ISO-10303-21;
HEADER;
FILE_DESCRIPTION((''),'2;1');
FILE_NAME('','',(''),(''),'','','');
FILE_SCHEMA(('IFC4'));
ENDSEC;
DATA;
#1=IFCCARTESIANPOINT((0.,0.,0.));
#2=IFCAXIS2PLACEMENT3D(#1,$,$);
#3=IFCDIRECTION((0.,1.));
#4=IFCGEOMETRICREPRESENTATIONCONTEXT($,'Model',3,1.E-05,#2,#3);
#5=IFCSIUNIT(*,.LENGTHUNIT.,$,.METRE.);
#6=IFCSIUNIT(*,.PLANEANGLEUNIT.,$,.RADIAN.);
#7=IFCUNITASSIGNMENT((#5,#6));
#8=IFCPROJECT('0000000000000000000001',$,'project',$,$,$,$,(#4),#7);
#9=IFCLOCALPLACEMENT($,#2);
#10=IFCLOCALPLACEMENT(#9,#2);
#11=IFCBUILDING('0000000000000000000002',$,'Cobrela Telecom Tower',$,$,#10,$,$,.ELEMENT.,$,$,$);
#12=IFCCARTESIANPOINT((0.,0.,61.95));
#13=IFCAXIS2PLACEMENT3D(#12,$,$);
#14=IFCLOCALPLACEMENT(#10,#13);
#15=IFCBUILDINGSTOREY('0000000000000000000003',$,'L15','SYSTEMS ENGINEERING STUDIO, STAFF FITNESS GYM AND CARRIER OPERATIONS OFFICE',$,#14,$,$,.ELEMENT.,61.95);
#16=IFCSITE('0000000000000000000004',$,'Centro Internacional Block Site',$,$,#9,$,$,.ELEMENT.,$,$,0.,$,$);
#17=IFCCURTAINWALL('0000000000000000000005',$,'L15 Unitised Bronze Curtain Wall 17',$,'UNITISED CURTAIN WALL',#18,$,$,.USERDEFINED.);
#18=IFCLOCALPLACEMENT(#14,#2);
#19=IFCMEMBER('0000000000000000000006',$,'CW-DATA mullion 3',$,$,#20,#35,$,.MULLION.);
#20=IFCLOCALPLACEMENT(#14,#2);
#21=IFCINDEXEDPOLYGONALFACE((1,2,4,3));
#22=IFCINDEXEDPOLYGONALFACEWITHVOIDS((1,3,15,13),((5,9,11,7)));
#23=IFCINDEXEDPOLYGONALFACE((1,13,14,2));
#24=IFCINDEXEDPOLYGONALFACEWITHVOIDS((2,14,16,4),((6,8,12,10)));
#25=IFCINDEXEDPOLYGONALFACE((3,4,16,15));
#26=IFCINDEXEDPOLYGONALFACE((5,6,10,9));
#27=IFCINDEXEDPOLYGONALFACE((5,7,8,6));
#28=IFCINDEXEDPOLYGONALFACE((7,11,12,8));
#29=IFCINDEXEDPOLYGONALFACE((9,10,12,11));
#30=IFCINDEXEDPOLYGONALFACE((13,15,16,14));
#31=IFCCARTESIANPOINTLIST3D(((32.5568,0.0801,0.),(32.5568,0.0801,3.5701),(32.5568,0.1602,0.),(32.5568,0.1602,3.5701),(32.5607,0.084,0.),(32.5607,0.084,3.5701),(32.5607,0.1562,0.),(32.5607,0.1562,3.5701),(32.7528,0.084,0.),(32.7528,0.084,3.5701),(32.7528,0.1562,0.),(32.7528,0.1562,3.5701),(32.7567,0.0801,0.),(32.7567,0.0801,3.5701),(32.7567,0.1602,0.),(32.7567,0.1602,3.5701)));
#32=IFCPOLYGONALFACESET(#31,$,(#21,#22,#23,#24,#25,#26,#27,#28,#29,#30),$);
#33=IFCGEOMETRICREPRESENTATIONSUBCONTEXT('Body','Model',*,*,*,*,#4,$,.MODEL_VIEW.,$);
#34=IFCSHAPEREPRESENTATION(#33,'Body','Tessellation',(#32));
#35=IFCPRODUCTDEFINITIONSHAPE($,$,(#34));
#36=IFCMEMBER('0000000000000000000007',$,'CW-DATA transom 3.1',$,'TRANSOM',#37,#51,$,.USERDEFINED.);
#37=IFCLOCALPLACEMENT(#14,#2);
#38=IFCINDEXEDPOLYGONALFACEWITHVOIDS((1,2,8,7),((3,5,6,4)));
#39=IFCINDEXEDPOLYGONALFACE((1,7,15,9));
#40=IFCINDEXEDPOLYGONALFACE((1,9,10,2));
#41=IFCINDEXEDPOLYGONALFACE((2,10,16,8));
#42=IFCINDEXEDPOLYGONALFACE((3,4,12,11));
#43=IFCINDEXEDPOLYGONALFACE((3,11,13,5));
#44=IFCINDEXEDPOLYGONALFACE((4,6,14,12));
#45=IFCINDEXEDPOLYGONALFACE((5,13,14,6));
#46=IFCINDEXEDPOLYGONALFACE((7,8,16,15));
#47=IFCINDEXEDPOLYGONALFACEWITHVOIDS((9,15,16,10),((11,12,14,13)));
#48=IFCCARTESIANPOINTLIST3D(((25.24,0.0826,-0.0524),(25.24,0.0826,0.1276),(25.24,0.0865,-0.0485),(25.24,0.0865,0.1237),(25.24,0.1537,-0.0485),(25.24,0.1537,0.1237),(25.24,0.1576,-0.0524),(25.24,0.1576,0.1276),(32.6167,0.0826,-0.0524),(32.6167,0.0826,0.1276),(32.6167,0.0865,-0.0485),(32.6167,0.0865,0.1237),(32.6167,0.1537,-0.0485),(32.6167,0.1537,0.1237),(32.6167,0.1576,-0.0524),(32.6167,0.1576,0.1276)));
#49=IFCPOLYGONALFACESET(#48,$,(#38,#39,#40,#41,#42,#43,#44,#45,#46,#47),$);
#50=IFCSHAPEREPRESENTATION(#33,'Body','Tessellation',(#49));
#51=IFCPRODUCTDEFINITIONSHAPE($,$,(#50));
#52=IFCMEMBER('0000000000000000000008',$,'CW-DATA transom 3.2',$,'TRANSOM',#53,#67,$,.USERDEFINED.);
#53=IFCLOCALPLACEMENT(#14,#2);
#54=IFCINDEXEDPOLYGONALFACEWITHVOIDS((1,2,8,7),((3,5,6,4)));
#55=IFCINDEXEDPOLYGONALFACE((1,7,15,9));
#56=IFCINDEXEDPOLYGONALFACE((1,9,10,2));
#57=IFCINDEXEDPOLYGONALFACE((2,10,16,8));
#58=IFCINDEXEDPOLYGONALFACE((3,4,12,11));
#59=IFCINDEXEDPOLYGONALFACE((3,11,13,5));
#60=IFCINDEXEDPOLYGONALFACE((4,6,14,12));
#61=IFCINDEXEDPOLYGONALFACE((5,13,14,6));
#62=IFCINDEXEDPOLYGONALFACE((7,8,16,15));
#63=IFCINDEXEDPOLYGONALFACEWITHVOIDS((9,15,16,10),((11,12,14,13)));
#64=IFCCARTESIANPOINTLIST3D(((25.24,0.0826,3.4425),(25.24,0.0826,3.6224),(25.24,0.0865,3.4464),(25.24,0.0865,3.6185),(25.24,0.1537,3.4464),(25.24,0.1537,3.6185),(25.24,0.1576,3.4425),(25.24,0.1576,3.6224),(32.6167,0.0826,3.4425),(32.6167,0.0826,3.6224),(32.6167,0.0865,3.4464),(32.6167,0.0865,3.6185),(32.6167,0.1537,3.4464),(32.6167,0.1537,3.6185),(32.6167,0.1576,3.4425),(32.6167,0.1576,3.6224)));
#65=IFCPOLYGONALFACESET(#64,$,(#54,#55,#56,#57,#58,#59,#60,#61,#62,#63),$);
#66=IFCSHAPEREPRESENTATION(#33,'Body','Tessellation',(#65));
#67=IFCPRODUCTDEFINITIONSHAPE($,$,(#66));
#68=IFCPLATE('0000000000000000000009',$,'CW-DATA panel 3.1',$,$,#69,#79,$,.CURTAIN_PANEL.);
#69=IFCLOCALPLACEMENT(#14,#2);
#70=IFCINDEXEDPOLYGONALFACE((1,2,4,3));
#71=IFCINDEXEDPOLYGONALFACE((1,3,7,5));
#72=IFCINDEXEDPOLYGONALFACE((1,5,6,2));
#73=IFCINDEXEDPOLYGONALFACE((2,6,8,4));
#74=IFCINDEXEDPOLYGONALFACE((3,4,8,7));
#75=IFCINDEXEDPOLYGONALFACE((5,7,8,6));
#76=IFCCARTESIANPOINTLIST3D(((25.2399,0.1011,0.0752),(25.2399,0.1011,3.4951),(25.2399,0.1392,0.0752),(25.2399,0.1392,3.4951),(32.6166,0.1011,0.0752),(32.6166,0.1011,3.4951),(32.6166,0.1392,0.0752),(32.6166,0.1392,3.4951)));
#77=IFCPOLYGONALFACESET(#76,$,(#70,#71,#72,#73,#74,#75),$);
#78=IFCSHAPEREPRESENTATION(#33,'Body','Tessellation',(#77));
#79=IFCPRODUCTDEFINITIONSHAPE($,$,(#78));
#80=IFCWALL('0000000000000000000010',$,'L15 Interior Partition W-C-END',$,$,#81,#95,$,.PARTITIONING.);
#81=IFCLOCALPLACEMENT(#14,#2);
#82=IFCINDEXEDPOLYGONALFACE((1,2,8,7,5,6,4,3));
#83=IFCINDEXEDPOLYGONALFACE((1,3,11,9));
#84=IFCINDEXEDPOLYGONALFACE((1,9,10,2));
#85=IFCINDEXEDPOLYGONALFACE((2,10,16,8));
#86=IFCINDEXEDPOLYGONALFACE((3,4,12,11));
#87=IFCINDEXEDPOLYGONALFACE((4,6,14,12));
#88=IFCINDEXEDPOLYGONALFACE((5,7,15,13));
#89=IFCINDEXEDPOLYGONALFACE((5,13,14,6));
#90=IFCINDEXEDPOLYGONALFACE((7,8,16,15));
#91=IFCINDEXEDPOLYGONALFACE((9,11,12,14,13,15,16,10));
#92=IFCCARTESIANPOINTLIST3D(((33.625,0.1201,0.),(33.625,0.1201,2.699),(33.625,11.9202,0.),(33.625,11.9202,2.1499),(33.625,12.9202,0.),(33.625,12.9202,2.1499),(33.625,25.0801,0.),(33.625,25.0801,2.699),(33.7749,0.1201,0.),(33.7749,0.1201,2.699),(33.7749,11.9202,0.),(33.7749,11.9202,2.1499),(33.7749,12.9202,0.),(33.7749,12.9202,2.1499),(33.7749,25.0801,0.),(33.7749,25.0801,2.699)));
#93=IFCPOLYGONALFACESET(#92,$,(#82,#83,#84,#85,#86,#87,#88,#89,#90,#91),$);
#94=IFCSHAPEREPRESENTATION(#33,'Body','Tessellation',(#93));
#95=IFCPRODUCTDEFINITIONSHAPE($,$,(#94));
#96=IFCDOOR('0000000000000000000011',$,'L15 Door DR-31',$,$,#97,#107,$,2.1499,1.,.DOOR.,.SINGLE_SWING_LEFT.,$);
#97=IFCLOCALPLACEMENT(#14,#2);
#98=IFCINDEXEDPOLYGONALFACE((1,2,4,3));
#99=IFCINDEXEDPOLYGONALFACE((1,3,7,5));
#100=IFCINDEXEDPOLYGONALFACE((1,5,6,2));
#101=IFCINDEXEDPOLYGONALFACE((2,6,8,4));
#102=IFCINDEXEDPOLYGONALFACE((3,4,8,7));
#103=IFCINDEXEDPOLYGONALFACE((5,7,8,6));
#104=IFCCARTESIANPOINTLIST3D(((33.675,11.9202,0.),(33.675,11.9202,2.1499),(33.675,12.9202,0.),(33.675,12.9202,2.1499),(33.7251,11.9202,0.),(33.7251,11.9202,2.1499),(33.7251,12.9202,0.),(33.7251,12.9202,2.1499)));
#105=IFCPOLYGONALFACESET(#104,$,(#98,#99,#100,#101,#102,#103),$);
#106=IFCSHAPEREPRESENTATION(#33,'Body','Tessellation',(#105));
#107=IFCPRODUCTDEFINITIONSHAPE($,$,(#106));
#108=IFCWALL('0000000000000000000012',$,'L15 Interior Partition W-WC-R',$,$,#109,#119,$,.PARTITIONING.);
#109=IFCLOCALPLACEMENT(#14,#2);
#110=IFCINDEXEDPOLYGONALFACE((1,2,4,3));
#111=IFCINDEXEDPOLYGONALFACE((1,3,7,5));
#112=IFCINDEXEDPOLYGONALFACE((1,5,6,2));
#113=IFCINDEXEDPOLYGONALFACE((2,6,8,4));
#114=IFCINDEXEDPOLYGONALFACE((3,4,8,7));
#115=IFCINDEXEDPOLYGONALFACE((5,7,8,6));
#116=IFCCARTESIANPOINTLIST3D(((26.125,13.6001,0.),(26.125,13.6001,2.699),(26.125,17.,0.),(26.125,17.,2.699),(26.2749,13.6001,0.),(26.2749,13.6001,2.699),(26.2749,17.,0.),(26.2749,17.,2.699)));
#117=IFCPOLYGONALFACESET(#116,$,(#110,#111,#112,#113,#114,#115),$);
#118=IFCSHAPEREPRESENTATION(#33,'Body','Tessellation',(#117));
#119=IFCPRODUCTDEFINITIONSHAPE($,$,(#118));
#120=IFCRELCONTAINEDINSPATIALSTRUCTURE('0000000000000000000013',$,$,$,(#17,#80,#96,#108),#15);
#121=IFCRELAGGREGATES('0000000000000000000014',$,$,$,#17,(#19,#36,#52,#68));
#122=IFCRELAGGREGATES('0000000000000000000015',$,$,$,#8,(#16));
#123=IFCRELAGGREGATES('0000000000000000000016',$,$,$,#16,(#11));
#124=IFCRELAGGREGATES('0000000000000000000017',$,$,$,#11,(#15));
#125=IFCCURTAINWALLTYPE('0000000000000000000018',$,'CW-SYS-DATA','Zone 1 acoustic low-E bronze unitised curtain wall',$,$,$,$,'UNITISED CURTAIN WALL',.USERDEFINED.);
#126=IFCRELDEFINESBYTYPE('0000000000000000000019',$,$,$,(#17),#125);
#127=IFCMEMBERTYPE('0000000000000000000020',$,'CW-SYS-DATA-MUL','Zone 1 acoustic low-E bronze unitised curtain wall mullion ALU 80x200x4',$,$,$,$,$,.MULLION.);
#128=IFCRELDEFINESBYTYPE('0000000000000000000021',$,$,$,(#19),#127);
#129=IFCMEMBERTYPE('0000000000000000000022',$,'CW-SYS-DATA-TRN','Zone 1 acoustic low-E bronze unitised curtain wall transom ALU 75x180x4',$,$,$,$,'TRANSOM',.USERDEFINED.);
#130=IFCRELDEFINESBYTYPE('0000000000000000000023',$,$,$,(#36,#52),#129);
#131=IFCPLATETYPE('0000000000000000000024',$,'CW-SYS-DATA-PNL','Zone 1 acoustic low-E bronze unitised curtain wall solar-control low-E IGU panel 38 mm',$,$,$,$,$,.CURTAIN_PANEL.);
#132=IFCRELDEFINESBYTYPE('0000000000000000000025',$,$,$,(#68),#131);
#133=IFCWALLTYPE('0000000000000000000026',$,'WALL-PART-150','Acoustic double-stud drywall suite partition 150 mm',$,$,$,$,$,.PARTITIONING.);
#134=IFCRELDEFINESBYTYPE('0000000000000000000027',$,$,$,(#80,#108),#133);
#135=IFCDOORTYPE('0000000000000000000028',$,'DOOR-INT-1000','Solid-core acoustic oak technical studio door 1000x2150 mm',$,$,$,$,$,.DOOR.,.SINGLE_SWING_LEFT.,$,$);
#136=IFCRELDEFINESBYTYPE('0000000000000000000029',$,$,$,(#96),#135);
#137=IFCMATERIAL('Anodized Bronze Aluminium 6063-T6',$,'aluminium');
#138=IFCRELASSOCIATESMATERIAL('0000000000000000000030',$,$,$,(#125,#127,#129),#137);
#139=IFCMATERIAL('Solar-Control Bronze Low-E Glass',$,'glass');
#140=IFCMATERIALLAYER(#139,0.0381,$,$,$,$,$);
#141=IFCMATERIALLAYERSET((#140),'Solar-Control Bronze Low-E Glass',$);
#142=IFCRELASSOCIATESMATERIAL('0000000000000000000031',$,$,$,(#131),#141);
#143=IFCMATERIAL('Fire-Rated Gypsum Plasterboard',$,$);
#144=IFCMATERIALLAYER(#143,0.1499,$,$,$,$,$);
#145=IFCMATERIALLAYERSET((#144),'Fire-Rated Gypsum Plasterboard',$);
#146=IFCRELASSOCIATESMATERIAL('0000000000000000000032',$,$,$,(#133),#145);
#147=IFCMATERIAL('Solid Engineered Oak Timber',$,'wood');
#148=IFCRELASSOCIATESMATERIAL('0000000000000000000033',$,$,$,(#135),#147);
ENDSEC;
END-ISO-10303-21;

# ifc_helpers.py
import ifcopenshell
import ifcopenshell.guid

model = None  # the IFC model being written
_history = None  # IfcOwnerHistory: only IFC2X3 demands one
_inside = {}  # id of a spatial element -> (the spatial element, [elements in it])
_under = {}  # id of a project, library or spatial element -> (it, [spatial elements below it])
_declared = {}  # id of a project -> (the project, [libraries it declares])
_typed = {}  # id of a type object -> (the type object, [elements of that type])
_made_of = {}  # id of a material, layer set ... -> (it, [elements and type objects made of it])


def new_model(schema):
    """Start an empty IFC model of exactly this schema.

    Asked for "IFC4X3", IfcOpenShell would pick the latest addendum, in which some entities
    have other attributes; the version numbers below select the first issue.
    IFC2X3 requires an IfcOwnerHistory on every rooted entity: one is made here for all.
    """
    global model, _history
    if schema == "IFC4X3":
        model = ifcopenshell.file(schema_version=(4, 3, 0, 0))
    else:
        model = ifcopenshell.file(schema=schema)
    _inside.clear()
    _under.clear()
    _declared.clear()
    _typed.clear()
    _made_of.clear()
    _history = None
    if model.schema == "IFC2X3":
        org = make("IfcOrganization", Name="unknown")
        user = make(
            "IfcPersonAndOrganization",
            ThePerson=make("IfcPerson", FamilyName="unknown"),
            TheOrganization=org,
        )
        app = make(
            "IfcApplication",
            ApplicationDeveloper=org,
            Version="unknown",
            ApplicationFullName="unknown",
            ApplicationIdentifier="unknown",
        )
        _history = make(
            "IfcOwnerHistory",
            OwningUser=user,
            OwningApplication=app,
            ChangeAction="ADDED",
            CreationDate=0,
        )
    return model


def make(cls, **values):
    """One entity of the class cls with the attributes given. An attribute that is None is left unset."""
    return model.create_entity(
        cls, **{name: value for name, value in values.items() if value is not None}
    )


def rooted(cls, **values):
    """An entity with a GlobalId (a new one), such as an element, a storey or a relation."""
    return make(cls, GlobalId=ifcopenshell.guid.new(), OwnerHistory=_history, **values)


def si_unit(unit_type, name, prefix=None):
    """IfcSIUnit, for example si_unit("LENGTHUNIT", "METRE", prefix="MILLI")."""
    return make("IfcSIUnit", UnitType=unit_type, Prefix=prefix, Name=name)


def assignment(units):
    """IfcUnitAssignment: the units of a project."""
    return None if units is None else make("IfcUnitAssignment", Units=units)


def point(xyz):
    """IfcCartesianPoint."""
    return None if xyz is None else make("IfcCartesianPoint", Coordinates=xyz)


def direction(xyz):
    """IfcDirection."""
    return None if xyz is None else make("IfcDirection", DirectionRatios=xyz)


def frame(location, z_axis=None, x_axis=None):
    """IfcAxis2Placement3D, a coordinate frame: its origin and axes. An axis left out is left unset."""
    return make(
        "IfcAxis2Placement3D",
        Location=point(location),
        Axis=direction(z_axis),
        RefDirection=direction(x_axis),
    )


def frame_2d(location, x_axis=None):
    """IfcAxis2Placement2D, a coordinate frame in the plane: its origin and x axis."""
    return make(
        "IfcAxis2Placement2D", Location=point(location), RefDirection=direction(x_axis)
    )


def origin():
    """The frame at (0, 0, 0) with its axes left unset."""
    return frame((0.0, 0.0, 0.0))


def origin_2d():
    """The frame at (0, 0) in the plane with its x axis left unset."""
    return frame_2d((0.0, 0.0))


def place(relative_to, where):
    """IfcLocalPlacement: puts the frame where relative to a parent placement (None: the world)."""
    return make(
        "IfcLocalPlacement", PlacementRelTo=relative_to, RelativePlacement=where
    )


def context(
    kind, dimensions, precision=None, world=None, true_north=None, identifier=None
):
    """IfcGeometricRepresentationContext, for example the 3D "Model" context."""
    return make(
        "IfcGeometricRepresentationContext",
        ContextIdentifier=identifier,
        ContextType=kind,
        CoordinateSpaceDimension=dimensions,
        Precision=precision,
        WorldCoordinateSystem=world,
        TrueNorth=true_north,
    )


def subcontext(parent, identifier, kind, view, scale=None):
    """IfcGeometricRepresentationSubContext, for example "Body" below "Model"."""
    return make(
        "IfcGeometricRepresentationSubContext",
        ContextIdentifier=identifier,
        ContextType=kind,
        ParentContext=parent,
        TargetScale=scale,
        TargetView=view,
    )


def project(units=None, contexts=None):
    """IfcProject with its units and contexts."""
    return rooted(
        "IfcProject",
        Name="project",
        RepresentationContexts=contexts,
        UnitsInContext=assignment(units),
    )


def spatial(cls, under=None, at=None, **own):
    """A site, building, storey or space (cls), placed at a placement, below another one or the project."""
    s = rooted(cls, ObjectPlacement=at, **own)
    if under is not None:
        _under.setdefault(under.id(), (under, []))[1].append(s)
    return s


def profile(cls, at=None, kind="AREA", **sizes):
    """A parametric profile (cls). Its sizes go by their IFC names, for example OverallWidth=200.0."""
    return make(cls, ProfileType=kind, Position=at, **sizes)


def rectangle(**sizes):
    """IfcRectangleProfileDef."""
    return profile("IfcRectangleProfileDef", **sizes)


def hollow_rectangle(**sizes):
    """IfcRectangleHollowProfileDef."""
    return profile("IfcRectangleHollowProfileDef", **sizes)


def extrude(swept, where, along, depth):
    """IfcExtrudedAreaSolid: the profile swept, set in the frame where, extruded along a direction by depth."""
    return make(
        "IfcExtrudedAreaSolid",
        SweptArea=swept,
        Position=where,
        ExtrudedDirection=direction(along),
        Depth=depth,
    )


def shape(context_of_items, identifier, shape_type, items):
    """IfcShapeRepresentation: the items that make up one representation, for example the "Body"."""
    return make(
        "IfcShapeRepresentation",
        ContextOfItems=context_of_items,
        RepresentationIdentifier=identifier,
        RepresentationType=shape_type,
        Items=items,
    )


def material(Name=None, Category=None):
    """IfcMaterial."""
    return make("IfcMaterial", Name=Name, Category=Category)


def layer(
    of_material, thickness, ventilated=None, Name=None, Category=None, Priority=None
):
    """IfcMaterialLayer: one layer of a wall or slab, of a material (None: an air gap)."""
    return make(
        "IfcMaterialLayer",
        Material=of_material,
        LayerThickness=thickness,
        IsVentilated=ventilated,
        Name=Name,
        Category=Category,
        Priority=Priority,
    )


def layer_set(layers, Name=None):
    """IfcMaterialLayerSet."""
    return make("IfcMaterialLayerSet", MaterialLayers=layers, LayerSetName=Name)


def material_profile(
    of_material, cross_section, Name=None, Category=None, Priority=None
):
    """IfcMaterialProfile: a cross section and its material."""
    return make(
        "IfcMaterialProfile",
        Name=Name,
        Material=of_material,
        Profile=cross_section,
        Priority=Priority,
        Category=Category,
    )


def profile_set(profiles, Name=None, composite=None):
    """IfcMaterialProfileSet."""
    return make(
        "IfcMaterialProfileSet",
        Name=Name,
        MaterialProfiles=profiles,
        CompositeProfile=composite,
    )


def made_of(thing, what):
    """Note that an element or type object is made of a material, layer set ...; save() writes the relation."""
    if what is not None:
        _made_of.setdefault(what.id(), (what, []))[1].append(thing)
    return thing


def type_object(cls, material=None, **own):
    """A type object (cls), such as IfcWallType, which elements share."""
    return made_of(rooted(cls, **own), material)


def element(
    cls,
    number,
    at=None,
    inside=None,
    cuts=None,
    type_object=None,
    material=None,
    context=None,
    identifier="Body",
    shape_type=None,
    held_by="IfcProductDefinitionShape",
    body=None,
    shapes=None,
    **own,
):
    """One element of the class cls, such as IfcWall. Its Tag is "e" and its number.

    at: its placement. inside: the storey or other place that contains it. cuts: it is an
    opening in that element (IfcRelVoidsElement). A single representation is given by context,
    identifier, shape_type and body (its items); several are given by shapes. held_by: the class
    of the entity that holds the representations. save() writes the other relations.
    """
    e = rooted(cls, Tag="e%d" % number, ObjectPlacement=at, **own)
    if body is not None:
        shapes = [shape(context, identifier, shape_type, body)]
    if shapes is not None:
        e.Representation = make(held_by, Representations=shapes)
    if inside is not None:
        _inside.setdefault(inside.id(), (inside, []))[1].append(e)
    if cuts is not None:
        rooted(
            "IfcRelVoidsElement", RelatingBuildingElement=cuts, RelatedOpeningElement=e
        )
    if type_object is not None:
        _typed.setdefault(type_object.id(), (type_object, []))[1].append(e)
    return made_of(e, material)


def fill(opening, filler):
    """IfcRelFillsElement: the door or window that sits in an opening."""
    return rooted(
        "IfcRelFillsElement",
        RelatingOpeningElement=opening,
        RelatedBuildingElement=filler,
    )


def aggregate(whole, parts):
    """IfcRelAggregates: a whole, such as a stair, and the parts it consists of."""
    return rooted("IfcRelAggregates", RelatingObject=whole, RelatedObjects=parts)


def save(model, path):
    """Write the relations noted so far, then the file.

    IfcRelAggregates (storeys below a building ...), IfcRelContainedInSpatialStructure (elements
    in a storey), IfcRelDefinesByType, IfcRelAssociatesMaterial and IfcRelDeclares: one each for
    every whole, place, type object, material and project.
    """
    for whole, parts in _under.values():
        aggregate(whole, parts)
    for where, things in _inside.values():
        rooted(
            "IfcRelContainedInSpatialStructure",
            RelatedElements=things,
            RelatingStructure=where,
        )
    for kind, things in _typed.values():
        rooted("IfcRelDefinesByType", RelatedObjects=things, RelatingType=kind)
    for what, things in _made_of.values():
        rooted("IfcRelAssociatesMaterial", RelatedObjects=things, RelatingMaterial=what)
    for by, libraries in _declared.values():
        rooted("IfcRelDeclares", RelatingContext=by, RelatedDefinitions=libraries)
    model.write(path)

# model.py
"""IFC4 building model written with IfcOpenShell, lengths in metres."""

from ifc_helpers import new_model, si_unit, direction, frame, frame_2d, origin, origin_2d, place, context, subcontext, project, spatial, rectangle, hollow_rectangle, extrude, material, layer, layer_set, material_profile, profile_set, type_object, element, fill, aggregate, save


model = new_model("IFC4")

# Units and contexts
model_context = context("Model", 3, precision=1e-05, world=origin(), true_north=direction((0.0, 1.0)))
body_context = subcontext(model_context, "Body", "Model", "MODEL_VIEW")
ifc_project = project(units=[si_unit("LENGTHUNIT", "METRE"), si_unit("PLANEANGLEUNIT", "RADIAN")], contexts=[model_context])

# Site, building, storey
site_placement = place(None, origin())
site = spatial("IfcSite", under=ifc_project, at=site_placement, Name="Centro Internacional Block Site", CompositionType="ELEMENT", RefElevation=0.0)
building_placement = place(site_placement, origin())
building = spatial("IfcBuilding", under=site, at=building_placement, Name="Cobrela Telecom Tower", CompositionType="ELEMENT")
storey_placement = place(building_placement, frame((0.0, 0.0, 61.95)))
storey = spatial("IfcBuildingStorey", under=building, at=storey_placement, Name="L15", Description="SYSTEMS ENGINEERING STUDIO, STAFF FITNESS GYM AND CARRIER OPERATIONS OFFICE", CompositionType="ELEMENT", Elevation=61.95)

# Curtain wall, members, plate
ifc_material_1 = material(Name="Anodized Bronze Aluminium 6063-T6", Category="aluminium")
curtain_wall_type = type_object("IfcCurtainWallType", Name="CW-SYS-DATA", Description="Zone 1 acoustic low-E bronze unitised curtain wall", ElementType="UNITISED CURTAIN WALL", PredefinedType="USERDEFINED", material=ifc_material_1)
curtain_wall_placement = place(storey_placement, origin())
curtain_wall = element("IfcCurtainWall", 1, at=curtain_wall_placement, inside=storey, type_object=curtain_wall_type, Name="L15 Unitised Bronze Curtain Wall 17", ObjectType="UNITISED CURTAIN WALL", PredefinedType="USERDEFINED")
ifc_material_profile_1 = material_profile(ifc_material_1, hollow_rectangle(XDim=0.0801, YDim=0.2, WallThickness=0.0039, at=origin_2d()), Name="ALU 80x200x4")
ifc_profile_set_1 = profile_set([ifc_material_profile_1], Name="Anodized Bronze Aluminium 6063-T6")
member_type_1 = type_object("IfcMemberType", Name="CW-SYS-DATA-MUL", Description="Zone 1 acoustic low-E bronze unitised curtain wall mullion ALU 80x200x4", PredefinedType="MULLION", material=ifc_profile_set_1)
member_1_placement = place(storey_placement, frame((32.6567, 0.1201, 0.0), z_axis=(0.0, 0.0, 1.0), x_axis=(0.0, -1.0, 0.0)))
member_1 = element("IfcMember", 2, at=member_1_placement, type_object=member_type_1, Name="CW-DATA mullion 3", PredefinedType="MULLION", context=body_context, shape_type="SweptSolid", body=[
    extrude(hollow_rectangle(XDim=0.0801, YDim=0.2, WallThickness=0.0039, at=origin_2d()), origin(), (0.0, 0.0, 1.0), 3.5701),
])
ifc_material_profile_2 = material_profile(ifc_material_1, hollow_rectangle(XDim=0.075, YDim=0.1799, WallThickness=0.0039, at=origin_2d()), Name="ALU 75x180x4")
ifc_profile_set_2 = profile_set([ifc_material_profile_2], Name="Anodized Bronze Aluminium 6063-T6")
member_type_2 = type_object("IfcMemberType", Name="CW-SYS-DATA-TRN", Description="Zone 1 acoustic low-E bronze unitised curtain wall transom ALU 75x180x4", ElementType="TRANSOM", PredefinedType="USERDEFINED", material=ifc_profile_set_2)
member_2_placement = place(storey_placement, frame((32.6167, 0.1201, 0.0376), z_axis=(-1.0, 0.0, 0.0), x_axis=(0.0, -1.0, 0.0)))
member_2 = element("IfcMember", 3, at=member_2_placement, type_object=member_type_2, Name="CW-DATA transom 3.1", ObjectType="TRANSOM", PredefinedType="USERDEFINED", context=body_context, shape_type="SweptSolid", body=[
    extrude(hollow_rectangle(XDim=0.075, YDim=0.1799, WallThickness=0.0039, at=origin_2d()), origin(), (0.0, 0.0, 1.0), 7.3767),
])
member_3_placement = place(storey_placement, frame((32.6167, 0.1201, 3.5325), z_axis=(-1.0, 0.0, 0.0), x_axis=(0.0, -1.0, 0.0)))
member_3 = element("IfcMember", 4, at=member_3_placement, type_object=member_type_2, Name="CW-DATA transom 3.2", ObjectType="TRANSOM", PredefinedType="USERDEFINED", context=body_context, shape_type="SweptSolid", body=[
    extrude(hollow_rectangle(XDim=0.075, YDim=0.1799, WallThickness=0.0039, at=origin_2d()), origin(), (0.0, 0.0, 1.0), 7.3767),
])
ifc_material_2 = material(Name="Solar-Control Bronze Low-E Glass", Category="glass")
ifc_layer_1 = layer(ifc_material_2, 0.0381)
ifc_layer_set_1 = layer_set([ifc_layer_1], Name="Solar-Control Bronze Low-E Glass")
plate_type = type_object("IfcPlateType", Name="CW-SYS-DATA-PNL", Description="Zone 1 acoustic low-E bronze unitised curtain wall solar-control low-E IGU panel 38 mm", PredefinedType="CURTAIN_PANEL", material=ifc_layer_set_1)
plate_placement = place(storey_placement, frame((28.9282, 0.1201, 0.0752), z_axis=(0.0, 0.0, 1.0), x_axis=(-1.0, 0.0, 0.0)))
plate = element("IfcPlate", 5, at=plate_placement, type_object=plate_type, Name="CW-DATA panel 3.1", PredefinedType="CURTAIN_PANEL", context=body_context, shape_type="SweptSolid", body=[
    extrude(rectangle(XDim=7.3767, YDim=0.0381, at=origin_2d()), origin(), (0.0, 0.0, 1.0), 3.4199),
])
aggregate(curtain_wall, [member_1, member_2, member_3, plate])

# Wall, opening, door
ifc_material_3 = material(Name="Fire-Rated Gypsum Plasterboard")
ifc_layer_2 = layer(ifc_material_3, 0.1499)
ifc_layer_set_2 = layer_set([ifc_layer_2], Name="Fire-Rated Gypsum Plasterboard")
wall_type = type_object("IfcWallType", Name="WALL-PART-150", Description="Acoustic double-stud drywall suite partition 150 mm", PredefinedType="PARTITIONING", material=ifc_layer_set_2)
wall_1_placement = place(storey_placement, frame((33.7, 0.1201, 0.0), z_axis=(0.0, 0.0, 1.0), x_axis=(0.0, 1.0, 0.0)))
wall_1 = element("IfcWall", 6, at=wall_1_placement, inside=storey, type_object=wall_type, Name="L15 Interior Partition W-C-END", PredefinedType="PARTITIONING", context=body_context, shape_type="SweptSolid", body=[
    extrude(rectangle(XDim=24.96, YDim=0.1499, at=frame_2d((12.48, 0.0))), origin(), (0.0, 0.0, 1.0), 2.699),
])
opening_placement = place(wall_1_placement, frame((11.8, 0.0, 0.0)))
opening = element("IfcOpeningElement", 7, at=opening_placement, cuts=wall_1, PredefinedType="OPENING", context=body_context, shape_type="SweptSolid", body=[
    extrude(rectangle(XDim=1.0, YDim=2.1499, at=frame_2d((0.5, 1.075))), frame((0.0, 0.0869, 0.0), z_axis=(0.0, -1.0, 0.0), x_axis=(1.0, 0.0, 0.0)), (0.0, 0.0, 1.0), 0.1738),
])
ifc_material_4 = material(Name="Solid Engineered Oak Timber", Category="wood")
door_type = type_object("IfcDoorType", Name="DOOR-INT-1000", Description="Solid-core acoustic oak technical studio door 1000x2150 mm", OperationType="SINGLE_SWING_LEFT", PredefinedType="DOOR", material=ifc_material_4)
door_placement = place(opening_placement, origin())
door = element("IfcDoor", 8, at=door_placement, inside=storey, type_object=door_type, Name="L15 Door DR-31", OperationType="SINGLE_SWING_LEFT", OverallHeight=2.1499, OverallWidth=1.0, PredefinedType="DOOR", context=body_context, shape_type="SweptSolid", body=[
    extrude(rectangle(XDim=1.0, YDim=2.1499, at=frame_2d((0.5, 1.075))), frame((0.0, 0.0249, 0.0), z_axis=(0.0, -1.0, 0.0), x_axis=(1.0, 0.0, 0.0)), (0.0, 0.0, 1.0), 0.05),
])
fill(opening, door)

# Wall
wall_2_placement = place(storey_placement, frame((26.2, 13.6001, 0.0), z_axis=(0.0, 0.0, 1.0), x_axis=(0.0, 1.0, 0.0)))
element("IfcWall", 9, at=wall_2_placement, inside=storey, type_object=wall_type, Name="L15 Interior Partition W-WC-R", PredefinedType="PARTITIONING", context=body_context, shape_type="SweptSolid", body=[
    extrude(rectangle(XDim=3.3999, YDim=0.1499, at=frame_2d((1.7, 0.0))), origin(), (0.0, 0.0, 1.0), 2.699),
])

save(model, "model.ifc")
